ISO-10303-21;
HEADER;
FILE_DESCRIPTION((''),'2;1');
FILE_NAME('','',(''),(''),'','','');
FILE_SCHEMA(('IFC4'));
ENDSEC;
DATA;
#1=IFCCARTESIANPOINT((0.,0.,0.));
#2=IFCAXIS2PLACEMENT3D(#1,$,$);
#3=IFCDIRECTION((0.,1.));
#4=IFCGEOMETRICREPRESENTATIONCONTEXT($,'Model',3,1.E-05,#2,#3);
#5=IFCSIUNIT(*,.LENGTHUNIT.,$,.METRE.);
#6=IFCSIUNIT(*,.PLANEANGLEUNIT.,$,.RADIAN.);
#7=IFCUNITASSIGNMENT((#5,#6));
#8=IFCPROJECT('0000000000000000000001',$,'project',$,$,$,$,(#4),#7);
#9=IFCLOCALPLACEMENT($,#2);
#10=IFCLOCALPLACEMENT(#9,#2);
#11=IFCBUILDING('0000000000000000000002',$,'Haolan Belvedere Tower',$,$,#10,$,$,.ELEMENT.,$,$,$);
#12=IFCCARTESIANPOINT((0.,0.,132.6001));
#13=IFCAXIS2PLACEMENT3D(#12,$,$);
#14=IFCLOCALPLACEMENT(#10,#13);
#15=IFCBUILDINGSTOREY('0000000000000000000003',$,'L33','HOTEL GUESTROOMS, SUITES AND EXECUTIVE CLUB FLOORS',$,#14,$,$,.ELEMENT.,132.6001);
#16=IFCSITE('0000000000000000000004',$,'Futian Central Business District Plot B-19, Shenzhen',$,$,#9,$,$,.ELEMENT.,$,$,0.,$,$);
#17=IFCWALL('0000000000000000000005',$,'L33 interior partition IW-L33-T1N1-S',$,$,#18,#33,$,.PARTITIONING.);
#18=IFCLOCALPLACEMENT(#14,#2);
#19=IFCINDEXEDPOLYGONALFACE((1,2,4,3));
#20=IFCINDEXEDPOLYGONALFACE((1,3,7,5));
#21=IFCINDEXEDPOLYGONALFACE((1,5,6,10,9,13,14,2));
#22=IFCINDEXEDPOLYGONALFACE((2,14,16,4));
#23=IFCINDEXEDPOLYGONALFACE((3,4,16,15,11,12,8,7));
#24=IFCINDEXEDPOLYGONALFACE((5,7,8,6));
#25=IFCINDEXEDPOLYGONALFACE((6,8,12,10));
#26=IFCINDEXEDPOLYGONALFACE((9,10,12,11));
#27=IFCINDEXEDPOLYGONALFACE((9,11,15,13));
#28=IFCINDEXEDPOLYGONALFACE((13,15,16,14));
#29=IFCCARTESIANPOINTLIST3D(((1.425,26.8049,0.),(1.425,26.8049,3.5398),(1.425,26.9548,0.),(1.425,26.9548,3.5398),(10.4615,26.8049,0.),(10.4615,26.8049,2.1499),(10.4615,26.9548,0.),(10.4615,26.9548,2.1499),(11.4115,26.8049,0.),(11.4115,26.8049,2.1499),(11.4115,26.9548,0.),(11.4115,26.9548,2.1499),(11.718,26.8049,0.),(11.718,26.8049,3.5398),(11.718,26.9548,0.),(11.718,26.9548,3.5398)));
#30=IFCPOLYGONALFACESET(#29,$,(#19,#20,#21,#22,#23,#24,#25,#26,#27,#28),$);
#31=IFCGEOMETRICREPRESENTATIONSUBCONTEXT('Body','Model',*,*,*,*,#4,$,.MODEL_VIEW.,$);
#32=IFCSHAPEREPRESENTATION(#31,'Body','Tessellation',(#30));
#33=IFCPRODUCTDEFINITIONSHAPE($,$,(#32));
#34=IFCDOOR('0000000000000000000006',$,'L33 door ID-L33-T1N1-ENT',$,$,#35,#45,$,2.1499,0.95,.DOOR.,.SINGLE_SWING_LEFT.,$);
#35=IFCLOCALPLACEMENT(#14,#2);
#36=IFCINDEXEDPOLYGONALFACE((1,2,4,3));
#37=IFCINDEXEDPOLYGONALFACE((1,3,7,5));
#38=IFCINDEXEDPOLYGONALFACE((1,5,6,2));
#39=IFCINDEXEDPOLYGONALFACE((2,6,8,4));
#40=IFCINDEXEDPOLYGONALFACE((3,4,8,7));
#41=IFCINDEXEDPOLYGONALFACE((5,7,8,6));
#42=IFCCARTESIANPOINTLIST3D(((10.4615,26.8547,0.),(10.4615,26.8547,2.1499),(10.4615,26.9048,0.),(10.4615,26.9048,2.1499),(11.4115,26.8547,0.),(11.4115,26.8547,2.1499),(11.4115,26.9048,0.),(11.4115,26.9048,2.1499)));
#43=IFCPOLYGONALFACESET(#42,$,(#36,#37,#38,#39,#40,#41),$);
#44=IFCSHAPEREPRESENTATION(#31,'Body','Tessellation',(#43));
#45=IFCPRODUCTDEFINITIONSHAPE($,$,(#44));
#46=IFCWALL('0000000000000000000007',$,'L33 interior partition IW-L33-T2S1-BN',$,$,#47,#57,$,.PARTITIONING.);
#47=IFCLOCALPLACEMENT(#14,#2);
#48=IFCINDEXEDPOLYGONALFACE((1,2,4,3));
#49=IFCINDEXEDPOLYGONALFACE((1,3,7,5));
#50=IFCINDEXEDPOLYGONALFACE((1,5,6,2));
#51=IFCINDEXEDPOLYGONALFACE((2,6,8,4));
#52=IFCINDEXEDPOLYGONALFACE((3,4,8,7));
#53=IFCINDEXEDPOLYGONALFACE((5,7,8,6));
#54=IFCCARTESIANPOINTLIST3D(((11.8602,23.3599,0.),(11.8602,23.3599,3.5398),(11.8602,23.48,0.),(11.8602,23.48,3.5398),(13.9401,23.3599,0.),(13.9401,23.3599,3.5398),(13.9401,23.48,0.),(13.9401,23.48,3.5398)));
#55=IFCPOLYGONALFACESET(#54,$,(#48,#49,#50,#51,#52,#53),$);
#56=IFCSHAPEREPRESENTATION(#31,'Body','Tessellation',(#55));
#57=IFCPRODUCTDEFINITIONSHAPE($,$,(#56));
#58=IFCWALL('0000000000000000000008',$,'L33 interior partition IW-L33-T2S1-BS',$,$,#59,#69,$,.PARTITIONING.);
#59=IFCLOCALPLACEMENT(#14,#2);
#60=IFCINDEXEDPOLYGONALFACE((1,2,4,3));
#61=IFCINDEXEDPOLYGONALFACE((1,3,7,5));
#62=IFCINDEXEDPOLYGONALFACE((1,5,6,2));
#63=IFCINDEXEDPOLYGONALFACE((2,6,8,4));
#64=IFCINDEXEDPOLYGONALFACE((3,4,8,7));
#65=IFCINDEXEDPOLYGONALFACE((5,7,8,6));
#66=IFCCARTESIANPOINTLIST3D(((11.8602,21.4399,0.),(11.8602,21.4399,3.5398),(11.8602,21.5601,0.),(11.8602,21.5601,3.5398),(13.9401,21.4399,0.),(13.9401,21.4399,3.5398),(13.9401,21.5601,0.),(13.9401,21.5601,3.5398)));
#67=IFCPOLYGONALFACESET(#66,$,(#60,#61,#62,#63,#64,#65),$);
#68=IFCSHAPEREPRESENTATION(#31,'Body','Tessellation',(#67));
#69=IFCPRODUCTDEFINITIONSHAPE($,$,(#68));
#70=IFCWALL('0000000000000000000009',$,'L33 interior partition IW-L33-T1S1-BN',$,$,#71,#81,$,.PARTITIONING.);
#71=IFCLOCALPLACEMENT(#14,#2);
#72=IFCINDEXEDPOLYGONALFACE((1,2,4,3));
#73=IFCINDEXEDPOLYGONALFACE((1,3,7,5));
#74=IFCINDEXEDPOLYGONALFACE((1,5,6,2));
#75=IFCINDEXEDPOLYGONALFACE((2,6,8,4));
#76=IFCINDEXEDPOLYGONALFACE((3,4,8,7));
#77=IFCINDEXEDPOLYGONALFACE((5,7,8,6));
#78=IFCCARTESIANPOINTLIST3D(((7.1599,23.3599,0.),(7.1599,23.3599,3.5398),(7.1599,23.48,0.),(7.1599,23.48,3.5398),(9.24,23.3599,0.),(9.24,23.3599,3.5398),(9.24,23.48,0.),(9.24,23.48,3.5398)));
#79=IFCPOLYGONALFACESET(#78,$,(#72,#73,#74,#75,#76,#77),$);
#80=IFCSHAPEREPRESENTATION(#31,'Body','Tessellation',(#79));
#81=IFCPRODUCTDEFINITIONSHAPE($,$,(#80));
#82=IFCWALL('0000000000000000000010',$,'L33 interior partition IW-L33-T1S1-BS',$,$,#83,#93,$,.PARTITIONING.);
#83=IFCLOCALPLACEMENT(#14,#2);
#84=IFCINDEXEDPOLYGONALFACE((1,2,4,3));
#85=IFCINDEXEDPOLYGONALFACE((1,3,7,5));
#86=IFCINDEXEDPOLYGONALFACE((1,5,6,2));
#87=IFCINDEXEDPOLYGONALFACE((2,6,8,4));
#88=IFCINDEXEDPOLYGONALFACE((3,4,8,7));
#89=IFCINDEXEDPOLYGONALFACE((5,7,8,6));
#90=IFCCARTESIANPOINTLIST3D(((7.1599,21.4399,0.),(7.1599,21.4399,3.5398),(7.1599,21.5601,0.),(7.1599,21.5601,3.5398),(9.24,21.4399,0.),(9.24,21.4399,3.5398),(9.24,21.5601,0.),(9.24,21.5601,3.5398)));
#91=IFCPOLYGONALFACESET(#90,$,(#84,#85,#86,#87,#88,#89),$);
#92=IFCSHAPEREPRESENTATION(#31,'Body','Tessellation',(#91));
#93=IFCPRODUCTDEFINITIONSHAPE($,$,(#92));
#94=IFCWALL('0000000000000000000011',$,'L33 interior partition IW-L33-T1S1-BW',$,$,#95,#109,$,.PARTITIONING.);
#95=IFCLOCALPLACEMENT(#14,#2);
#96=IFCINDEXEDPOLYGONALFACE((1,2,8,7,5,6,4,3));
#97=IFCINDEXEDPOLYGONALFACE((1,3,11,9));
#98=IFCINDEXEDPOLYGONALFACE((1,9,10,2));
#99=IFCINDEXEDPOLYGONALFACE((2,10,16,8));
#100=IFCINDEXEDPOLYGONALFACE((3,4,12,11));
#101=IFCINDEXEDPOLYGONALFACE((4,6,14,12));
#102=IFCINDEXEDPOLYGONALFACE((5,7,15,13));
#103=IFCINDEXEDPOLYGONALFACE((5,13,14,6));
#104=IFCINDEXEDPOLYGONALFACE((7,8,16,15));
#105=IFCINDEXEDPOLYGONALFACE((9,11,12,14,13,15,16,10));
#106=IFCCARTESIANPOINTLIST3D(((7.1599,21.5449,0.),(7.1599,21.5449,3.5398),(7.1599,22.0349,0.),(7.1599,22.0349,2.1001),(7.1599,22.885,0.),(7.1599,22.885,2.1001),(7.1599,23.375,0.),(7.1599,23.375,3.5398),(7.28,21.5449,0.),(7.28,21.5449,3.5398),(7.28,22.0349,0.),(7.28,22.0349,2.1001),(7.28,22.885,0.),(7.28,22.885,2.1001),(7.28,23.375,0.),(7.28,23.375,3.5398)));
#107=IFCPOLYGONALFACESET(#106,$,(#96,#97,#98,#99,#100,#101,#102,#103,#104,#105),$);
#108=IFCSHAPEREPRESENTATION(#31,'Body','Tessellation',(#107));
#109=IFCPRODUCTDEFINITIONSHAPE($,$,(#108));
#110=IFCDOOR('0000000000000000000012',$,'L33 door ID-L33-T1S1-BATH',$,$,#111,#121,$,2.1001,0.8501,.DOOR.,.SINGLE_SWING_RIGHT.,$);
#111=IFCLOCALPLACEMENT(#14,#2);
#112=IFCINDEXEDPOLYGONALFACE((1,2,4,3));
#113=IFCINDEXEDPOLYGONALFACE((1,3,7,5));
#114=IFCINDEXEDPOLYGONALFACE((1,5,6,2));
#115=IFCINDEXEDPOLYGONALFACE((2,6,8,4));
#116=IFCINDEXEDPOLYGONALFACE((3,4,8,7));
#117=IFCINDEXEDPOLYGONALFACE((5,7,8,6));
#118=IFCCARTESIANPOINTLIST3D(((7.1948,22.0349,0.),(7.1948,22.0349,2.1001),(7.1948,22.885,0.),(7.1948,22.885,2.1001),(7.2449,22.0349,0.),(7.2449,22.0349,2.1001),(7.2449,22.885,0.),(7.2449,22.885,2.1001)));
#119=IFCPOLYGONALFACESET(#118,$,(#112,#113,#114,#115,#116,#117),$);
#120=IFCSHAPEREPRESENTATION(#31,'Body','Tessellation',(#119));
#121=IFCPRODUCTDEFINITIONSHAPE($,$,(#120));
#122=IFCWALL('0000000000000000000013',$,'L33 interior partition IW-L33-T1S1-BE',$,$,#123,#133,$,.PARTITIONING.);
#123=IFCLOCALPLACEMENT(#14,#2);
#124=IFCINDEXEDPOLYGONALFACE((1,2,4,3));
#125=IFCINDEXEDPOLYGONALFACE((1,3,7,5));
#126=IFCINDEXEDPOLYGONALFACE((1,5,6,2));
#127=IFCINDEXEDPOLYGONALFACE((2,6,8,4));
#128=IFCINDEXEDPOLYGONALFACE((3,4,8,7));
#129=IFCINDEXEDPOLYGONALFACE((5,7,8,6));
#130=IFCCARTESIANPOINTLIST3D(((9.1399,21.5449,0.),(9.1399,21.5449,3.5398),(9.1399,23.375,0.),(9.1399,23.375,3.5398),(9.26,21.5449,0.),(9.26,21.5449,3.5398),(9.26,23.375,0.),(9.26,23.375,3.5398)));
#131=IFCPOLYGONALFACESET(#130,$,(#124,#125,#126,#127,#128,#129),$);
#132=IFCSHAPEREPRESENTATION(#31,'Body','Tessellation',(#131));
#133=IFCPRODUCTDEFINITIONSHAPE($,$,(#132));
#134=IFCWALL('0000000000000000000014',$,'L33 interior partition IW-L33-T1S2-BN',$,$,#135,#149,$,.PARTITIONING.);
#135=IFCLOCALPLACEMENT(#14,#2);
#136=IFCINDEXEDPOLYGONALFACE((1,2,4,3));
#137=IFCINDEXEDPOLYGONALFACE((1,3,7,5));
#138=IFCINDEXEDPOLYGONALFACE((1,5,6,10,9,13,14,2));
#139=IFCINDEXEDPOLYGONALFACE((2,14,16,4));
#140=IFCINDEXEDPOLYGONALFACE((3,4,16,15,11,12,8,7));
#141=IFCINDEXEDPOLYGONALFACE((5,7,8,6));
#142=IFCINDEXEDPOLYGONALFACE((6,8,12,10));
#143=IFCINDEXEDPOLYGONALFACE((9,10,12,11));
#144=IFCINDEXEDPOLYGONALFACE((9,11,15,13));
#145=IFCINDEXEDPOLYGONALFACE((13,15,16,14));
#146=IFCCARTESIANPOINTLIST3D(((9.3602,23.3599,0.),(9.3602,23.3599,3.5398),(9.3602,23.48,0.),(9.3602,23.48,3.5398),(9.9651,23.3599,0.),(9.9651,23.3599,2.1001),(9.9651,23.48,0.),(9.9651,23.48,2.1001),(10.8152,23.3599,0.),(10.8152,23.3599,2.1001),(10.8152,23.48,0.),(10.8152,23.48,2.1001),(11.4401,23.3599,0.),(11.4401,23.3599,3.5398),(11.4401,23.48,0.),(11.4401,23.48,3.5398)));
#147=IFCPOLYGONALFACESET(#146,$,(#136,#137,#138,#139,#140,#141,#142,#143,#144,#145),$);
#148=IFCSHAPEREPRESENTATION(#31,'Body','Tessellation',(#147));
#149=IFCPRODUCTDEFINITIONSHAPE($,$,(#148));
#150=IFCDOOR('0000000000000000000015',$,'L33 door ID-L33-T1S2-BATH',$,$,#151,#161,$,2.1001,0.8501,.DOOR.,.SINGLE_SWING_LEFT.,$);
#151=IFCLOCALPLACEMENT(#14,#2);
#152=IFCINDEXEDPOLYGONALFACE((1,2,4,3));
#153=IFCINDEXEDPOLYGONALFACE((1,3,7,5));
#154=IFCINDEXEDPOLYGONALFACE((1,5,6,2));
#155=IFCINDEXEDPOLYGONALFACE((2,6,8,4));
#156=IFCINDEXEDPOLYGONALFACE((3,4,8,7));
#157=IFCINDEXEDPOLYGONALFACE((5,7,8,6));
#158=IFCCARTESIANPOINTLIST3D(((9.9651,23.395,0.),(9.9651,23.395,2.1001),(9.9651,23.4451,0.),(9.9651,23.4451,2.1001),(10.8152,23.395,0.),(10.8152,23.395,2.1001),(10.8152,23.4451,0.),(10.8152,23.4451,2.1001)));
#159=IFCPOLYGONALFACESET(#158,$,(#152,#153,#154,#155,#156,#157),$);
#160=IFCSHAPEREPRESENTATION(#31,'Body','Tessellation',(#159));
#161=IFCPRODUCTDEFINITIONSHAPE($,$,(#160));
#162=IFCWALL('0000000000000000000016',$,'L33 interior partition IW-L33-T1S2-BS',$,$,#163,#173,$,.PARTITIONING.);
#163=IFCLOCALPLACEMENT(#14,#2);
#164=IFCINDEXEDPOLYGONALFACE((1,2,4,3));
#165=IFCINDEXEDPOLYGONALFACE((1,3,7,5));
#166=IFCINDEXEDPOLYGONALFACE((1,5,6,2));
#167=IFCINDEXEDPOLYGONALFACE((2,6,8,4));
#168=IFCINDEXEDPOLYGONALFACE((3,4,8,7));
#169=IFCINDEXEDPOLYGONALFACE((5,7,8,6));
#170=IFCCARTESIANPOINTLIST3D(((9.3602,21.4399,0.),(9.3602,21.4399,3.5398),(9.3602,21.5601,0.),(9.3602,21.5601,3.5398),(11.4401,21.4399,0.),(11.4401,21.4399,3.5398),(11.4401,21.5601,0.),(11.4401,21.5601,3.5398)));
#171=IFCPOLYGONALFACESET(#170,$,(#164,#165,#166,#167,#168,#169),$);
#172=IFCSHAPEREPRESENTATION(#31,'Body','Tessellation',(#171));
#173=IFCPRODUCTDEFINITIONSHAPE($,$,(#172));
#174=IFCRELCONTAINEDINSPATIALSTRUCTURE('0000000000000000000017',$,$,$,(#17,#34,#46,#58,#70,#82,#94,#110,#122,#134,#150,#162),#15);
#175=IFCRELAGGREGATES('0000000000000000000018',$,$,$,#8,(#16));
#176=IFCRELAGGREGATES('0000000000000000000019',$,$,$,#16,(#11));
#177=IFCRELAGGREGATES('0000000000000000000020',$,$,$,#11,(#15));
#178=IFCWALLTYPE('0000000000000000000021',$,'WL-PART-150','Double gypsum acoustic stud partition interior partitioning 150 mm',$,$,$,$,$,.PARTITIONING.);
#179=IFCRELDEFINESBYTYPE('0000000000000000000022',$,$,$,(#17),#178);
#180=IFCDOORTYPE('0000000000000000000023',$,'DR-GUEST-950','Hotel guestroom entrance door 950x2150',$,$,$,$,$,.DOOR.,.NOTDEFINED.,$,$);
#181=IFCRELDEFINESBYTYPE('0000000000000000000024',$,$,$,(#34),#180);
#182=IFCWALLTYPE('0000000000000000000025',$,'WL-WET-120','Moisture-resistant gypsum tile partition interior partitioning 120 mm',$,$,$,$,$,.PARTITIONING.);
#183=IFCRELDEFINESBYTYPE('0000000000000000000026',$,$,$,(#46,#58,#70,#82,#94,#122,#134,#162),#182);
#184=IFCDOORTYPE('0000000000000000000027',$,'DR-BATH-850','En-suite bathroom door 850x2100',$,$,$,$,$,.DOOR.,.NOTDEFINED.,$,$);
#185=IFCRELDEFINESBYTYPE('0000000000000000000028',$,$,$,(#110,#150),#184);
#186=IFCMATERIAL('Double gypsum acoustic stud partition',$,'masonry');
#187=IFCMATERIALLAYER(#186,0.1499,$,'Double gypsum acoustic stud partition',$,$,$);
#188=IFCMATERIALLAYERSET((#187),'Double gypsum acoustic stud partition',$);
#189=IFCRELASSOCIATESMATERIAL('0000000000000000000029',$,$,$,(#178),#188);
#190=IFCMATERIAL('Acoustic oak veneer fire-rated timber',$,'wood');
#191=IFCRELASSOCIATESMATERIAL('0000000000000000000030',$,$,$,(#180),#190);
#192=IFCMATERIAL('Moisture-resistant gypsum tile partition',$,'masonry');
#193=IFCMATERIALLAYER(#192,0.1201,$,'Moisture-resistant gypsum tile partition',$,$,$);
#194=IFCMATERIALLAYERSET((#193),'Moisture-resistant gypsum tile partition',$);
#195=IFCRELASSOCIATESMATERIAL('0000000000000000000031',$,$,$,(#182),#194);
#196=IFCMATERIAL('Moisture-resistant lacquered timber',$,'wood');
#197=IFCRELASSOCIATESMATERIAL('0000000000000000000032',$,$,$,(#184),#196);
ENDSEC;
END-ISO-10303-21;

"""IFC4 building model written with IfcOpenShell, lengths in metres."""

from ifc_helpers import new_model, si_unit, direction, frame, frame_2d, origin, place, context, subcontext, project, spatial, rectangle, extrude, material, layer, layer_set, type_object, element, fill, save


model = new_model("IFC4")

# Units and contexts
model_context = context("Model", 3, precision=1e-05, world=origin(), true_north=direction((0.0, 1.0)))
body_context = subcontext(model_context, "Body", "Model", "MODEL_VIEW")
ifc_project = project(units=[si_unit("LENGTHUNIT", "METRE"), si_unit("PLANEANGLEUNIT", "RADIAN")], contexts=[model_context])

# Site, building, storey
site_placement = place(None, origin())
site = spatial("IfcSite", under=ifc_project, at=site_placement, Name="Futian Central Business District Plot B-19, Shenzhen", CompositionType="ELEMENT", RefElevation=0.0)
building_placement = place(site_placement, origin())
building = spatial("IfcBuilding", under=site, at=building_placement, Name="Haolan Belvedere Tower", CompositionType="ELEMENT")
storey_placement = place(building_placement, frame((0.0, 0.0, 132.6001)))
storey = spatial("IfcBuildingStorey", under=building, at=storey_placement, Name="L33", Description="HOTEL GUESTROOMS, SUITES AND EXECUTIVE CLUB FLOORS", CompositionType="ELEMENT", Elevation=132.6001)

# Shared definitions
ifc_material_1 = material(Name="Double gypsum acoustic stud partition", Category="masonry")
ifc_layer_1 = layer(ifc_material_1, 0.1499, Name="Double gypsum acoustic stud partition")
ifc_layer_set_1 = layer_set([ifc_layer_1], Name="Double gypsum acoustic stud partition")
wall_type_1 = type_object("IfcWallType", Name="WL-PART-150", Description="Double gypsum acoustic stud partition interior partitioning 150 mm", PredefinedType="PARTITIONING", material=ifc_layer_set_1)

# Wall, opening, door
ifc_material_2 = material(Name="Acoustic oak veneer fire-rated timber", Category="wood")
door_type_1 = type_object("IfcDoorType", Name="DR-GUEST-950", Description="Hotel guestroom entrance door 950x2150", OperationType="NOTDEFINED", PredefinedType="DOOR", material=ifc_material_2)
wall_1_placement = place(storey_placement, frame((1.425, 26.8799, 0.0), z_axis=(0.0, 0.0, 1.0), x_axis=(1.0, 0.0, 0.0)))
wall_1 = element("IfcWall", 1, at=wall_1_placement, inside=storey, type_object=wall_type_1, Name="L33 interior partition IW-L33-T1N1-S", PredefinedType="PARTITIONING", context=body_context, shape_type="SweptSolid", body=[
    extrude(rectangle(XDim=10.293, YDim=0.1499, at=frame_2d((5.1465, 0.0))), origin(), (0.0, 0.0, 1.0), 3.5398),
])
opening_1_placement = place(wall_1_placement, frame((9.0364, 0.0, 0.0)))
opening_1 = element("IfcOpeningElement", 2, at=opening_1_placement, cuts=wall_1, PredefinedType="OPENING", context=body_context, shape_type="SweptSolid", body=[
    extrude(rectangle(XDim=0.95, YDim=2.1499, at=frame_2d((0.4751, 1.075))), frame((0.0, 0.085, 0.0), z_axis=(0.0, -1.0, 0.0), x_axis=(1.0, 0.0, 0.0)), (0.0, 0.0, 1.0), 0.1699),
])
door_1_placement = place(opening_1_placement, origin())
door_1 = element("IfcDoor", 3, at=door_1_placement, inside=storey, type_object=door_type_1, Name="L33 door ID-L33-T1N1-ENT", OperationType="SINGLE_SWING_LEFT", OverallHeight=2.1499, OverallWidth=0.95, PredefinedType="DOOR", context=body_context, shape_type="SweptSolid", body=[
    extrude(rectangle(XDim=0.95, YDim=2.1499, at=frame_2d((0.4751, 1.075))), frame((0.0, 0.0249, 0.0), z_axis=(0.0, -1.0, 0.0), x_axis=(1.0, 0.0, 0.0)), (0.0, 0.0, 1.0), 0.05),
])
fill(opening_1, door_1)

# Walls
ifc_material_3 = material(Name="Moisture-resistant gypsum tile partition", Category="masonry")
ifc_layer_2 = layer(ifc_material_3, 0.1201, Name="Moisture-resistant gypsum tile partition")
ifc_layer_set_2 = layer_set([ifc_layer_2], Name="Moisture-resistant gypsum tile partition")
wall_type_2 = type_object("IfcWallType", Name="WL-WET-120", Description="Moisture-resistant gypsum tile partition interior partitioning 120 mm", PredefinedType="PARTITIONING", material=ifc_layer_set_2)
for number, where, z_axis, x_axis, name in (
    (4, (11.8601, 23.4199, 0.0), (0.0, 0.0, 1.0), (1.0, 0.0, 0.0), "L33 interior partition IW-L33-T2S1-BN"),
    (5, (11.8601, 21.5, 0.0), (0.0, 0.0, 1.0), (1.0, 0.0, 0.0), "L33 interior partition IW-L33-T2S1-BS"),
):
    element("IfcWall", number, at=place(storey_placement, frame(where, z_axis=z_axis, x_axis=x_axis)), inside=storey, type_object=wall_type_2, Name=name, PredefinedType="PARTITIONING", context=body_context, shape_type="SweptSolid", body=[
        extrude(rectangle(XDim=2.0798, YDim=0.1201, at=frame_2d((1.04, 0.0))), origin(), (0.0, 0.0, 1.0), 3.5398),
    ])
for number, where, z_axis, x_axis, name in (
    (6, (7.1599, 23.4199, 0.0), (0.0, 0.0, 1.0), (1.0, 0.0, 0.0), "L33 interior partition IW-L33-T1S1-BN"),
    (7, (7.1599, 21.5, 0.0), (0.0, 0.0, 1.0), (1.0, 0.0, 0.0), "L33 interior partition IW-L33-T1S1-BS"),
):
    element("IfcWall", number, at=place(storey_placement, frame(where, z_axis=z_axis, x_axis=x_axis)), inside=storey, type_object=wall_type_2, Name=name, PredefinedType="PARTITIONING", context=body_context, shape_type="SweptSolid", body=[
        extrude(rectangle(XDim=2.0801, YDim=0.1201, at=frame_2d((1.04, 0.0))), origin(), (0.0, 0.0, 1.0), 3.5398),
    ])

# Wall, opening, door
wall_2_placement = place(storey_placement, frame((7.22, 21.5449, 0.0), z_axis=(0.0, 0.0, 1.0), x_axis=(0.0, 1.0, 0.0)))
wall_2 = element("IfcWall", 8, at=wall_2_placement, inside=storey, type_object=wall_type_2, Name="L33 interior partition IW-L33-T1S1-BW", PredefinedType="PARTITIONING", context=body_context, shape_type="SweptSolid", body=[
    extrude(rectangle(XDim=1.8301, YDim=0.1201, at=frame_2d((0.915, 0.0))), origin(), (0.0, 0.0, 1.0), 3.5398),
])
opening_2_placement = place(wall_2_placement, frame((1.3401, 0.0, 0.0), z_axis=(0.0, 0.0, 1.0), x_axis=(-1.0, 0.0, 0.0)))
opening_2 = element("IfcOpeningElement", 9, at=opening_2_placement, cuts=wall_2, PredefinedType="OPENING", context=body_context, shape_type="SweptSolid", body=[
    extrude(rectangle(XDim=0.8501, YDim=2.1001, at=frame_2d((0.425, 1.05))), frame((0.0, 0.0701, 0.0), z_axis=(0.0, -1.0, 0.0), x_axis=(1.0, 0.0, 0.0)), (0.0, 0.0, 1.0), 0.1401),
])
ifc_material_4 = material(Name="Moisture-resistant lacquered timber", Category="wood")
door_type_2 = type_object("IfcDoorType", Name="DR-BATH-850", Description="En-suite bathroom door 850x2100", OperationType="NOTDEFINED", PredefinedType="DOOR", material=ifc_material_4)
door_2_placement = place(opening_2_placement, origin())
door_2 = element("IfcDoor", 10, at=door_2_placement, inside=storey, type_object=door_type_2, Name="L33 door ID-L33-T1S1-BATH", OperationType="SINGLE_SWING_RIGHT", OverallHeight=2.1001, OverallWidth=0.8501, PredefinedType="DOOR", context=body_context, shape_type="SweptSolid", body=[
    extrude(rectangle(XDim=0.8501, YDim=2.1001, at=frame_2d((0.425, 1.05))), frame((0.0, 0.0249, 0.0), z_axis=(0.0, -1.0, 0.0), x_axis=(1.0, 0.0, 0.0)), (0.0, 0.0, 1.0), 0.05),
])
fill(opening_2, door_2)

# Wall
wall_3_placement = place(storey_placement, frame((9.2, 21.5449, 0.0), z_axis=(0.0, 0.0, 1.0), x_axis=(0.0, 1.0, 0.0)))
element("IfcWall", 11, at=wall_3_placement, inside=storey, type_object=wall_type_2, Name="L33 interior partition IW-L33-T1S1-BE", PredefinedType="PARTITIONING", context=body_context, shape_type="SweptSolid", body=[
    extrude(rectangle(XDim=1.8301, YDim=0.1201, at=frame_2d((0.915, 0.0))), origin(), (0.0, 0.0, 1.0), 3.5398),
])

# Wall, opening, door
wall_4_placement = place(storey_placement, frame((9.3601, 23.4199, 0.0), z_axis=(0.0, 0.0, 1.0), x_axis=(1.0, 0.0, 0.0)))
wall_4 = element("IfcWall", 12, at=wall_4_placement, inside=storey, type_object=wall_type_2, Name="L33 interior partition IW-L33-T1S2-BN", PredefinedType="PARTITIONING", context=body_context, shape_type="SweptSolid", body=[
    extrude(rectangle(XDim=2.0798, YDim=0.1201, at=frame_2d((1.04, 0.0))), origin(), (0.0, 0.0, 1.0), 3.5398),
])
opening_3_placement = place(wall_4_placement, frame((1.4551, 0.0, 0.0), z_axis=(0.0, 0.0, 1.0), x_axis=(-1.0, 0.0, 0.0)))
opening_3 = element("IfcOpeningElement", 13, at=opening_3_placement, cuts=wall_4, PredefinedType="OPENING", context=body_context, shape_type="SweptSolid", body=[
    extrude(rectangle(XDim=0.8501, YDim=2.1001, at=frame_2d((0.425, 1.05))), frame((0.0, 0.0701, 0.0), z_axis=(0.0, -1.0, 0.0), x_axis=(1.0, 0.0, 0.0)), (0.0, 0.0, 1.0), 0.1401),
])
door_3_placement = place(opening_3_placement, origin())
door_3 = element("IfcDoor", 14, at=door_3_placement, inside=storey, type_object=door_type_2, Name="L33 door ID-L33-T1S2-BATH", OperationType="SINGLE_SWING_LEFT", OverallHeight=2.1001, OverallWidth=0.8501, PredefinedType="DOOR", context=body_context, shape_type="SweptSolid", body=[
    extrude(rectangle(XDim=0.8501, YDim=2.1001, at=frame_2d((0.425, 1.05))), frame((0.0, 0.0249, 0.0), z_axis=(0.0, -1.0, 0.0), x_axis=(1.0, 0.0, 0.0)), (0.0, 0.0, 1.0), 0.05),
])
fill(opening_3, door_3)

# Wall
wall_5_placement = place(storey_placement, frame((9.3601, 21.5, 0.0), z_axis=(0.0, 0.0, 1.0), x_axis=(1.0, 0.0, 0.0)))
element("IfcWall", 15, at=wall_5_placement, inside=storey, type_object=wall_type_2, Name="L33 interior partition IW-L33-T1S2-BS", PredefinedType="PARTITIONING", context=body_context, shape_type="SweptSolid", body=[
    extrude(rectangle(XDim=2.0798, YDim=0.1201, at=frame_2d((1.04, 0.0))), origin(), (0.0, 0.0, 1.0), 3.5398),
])

save(model, "model.ifc")
